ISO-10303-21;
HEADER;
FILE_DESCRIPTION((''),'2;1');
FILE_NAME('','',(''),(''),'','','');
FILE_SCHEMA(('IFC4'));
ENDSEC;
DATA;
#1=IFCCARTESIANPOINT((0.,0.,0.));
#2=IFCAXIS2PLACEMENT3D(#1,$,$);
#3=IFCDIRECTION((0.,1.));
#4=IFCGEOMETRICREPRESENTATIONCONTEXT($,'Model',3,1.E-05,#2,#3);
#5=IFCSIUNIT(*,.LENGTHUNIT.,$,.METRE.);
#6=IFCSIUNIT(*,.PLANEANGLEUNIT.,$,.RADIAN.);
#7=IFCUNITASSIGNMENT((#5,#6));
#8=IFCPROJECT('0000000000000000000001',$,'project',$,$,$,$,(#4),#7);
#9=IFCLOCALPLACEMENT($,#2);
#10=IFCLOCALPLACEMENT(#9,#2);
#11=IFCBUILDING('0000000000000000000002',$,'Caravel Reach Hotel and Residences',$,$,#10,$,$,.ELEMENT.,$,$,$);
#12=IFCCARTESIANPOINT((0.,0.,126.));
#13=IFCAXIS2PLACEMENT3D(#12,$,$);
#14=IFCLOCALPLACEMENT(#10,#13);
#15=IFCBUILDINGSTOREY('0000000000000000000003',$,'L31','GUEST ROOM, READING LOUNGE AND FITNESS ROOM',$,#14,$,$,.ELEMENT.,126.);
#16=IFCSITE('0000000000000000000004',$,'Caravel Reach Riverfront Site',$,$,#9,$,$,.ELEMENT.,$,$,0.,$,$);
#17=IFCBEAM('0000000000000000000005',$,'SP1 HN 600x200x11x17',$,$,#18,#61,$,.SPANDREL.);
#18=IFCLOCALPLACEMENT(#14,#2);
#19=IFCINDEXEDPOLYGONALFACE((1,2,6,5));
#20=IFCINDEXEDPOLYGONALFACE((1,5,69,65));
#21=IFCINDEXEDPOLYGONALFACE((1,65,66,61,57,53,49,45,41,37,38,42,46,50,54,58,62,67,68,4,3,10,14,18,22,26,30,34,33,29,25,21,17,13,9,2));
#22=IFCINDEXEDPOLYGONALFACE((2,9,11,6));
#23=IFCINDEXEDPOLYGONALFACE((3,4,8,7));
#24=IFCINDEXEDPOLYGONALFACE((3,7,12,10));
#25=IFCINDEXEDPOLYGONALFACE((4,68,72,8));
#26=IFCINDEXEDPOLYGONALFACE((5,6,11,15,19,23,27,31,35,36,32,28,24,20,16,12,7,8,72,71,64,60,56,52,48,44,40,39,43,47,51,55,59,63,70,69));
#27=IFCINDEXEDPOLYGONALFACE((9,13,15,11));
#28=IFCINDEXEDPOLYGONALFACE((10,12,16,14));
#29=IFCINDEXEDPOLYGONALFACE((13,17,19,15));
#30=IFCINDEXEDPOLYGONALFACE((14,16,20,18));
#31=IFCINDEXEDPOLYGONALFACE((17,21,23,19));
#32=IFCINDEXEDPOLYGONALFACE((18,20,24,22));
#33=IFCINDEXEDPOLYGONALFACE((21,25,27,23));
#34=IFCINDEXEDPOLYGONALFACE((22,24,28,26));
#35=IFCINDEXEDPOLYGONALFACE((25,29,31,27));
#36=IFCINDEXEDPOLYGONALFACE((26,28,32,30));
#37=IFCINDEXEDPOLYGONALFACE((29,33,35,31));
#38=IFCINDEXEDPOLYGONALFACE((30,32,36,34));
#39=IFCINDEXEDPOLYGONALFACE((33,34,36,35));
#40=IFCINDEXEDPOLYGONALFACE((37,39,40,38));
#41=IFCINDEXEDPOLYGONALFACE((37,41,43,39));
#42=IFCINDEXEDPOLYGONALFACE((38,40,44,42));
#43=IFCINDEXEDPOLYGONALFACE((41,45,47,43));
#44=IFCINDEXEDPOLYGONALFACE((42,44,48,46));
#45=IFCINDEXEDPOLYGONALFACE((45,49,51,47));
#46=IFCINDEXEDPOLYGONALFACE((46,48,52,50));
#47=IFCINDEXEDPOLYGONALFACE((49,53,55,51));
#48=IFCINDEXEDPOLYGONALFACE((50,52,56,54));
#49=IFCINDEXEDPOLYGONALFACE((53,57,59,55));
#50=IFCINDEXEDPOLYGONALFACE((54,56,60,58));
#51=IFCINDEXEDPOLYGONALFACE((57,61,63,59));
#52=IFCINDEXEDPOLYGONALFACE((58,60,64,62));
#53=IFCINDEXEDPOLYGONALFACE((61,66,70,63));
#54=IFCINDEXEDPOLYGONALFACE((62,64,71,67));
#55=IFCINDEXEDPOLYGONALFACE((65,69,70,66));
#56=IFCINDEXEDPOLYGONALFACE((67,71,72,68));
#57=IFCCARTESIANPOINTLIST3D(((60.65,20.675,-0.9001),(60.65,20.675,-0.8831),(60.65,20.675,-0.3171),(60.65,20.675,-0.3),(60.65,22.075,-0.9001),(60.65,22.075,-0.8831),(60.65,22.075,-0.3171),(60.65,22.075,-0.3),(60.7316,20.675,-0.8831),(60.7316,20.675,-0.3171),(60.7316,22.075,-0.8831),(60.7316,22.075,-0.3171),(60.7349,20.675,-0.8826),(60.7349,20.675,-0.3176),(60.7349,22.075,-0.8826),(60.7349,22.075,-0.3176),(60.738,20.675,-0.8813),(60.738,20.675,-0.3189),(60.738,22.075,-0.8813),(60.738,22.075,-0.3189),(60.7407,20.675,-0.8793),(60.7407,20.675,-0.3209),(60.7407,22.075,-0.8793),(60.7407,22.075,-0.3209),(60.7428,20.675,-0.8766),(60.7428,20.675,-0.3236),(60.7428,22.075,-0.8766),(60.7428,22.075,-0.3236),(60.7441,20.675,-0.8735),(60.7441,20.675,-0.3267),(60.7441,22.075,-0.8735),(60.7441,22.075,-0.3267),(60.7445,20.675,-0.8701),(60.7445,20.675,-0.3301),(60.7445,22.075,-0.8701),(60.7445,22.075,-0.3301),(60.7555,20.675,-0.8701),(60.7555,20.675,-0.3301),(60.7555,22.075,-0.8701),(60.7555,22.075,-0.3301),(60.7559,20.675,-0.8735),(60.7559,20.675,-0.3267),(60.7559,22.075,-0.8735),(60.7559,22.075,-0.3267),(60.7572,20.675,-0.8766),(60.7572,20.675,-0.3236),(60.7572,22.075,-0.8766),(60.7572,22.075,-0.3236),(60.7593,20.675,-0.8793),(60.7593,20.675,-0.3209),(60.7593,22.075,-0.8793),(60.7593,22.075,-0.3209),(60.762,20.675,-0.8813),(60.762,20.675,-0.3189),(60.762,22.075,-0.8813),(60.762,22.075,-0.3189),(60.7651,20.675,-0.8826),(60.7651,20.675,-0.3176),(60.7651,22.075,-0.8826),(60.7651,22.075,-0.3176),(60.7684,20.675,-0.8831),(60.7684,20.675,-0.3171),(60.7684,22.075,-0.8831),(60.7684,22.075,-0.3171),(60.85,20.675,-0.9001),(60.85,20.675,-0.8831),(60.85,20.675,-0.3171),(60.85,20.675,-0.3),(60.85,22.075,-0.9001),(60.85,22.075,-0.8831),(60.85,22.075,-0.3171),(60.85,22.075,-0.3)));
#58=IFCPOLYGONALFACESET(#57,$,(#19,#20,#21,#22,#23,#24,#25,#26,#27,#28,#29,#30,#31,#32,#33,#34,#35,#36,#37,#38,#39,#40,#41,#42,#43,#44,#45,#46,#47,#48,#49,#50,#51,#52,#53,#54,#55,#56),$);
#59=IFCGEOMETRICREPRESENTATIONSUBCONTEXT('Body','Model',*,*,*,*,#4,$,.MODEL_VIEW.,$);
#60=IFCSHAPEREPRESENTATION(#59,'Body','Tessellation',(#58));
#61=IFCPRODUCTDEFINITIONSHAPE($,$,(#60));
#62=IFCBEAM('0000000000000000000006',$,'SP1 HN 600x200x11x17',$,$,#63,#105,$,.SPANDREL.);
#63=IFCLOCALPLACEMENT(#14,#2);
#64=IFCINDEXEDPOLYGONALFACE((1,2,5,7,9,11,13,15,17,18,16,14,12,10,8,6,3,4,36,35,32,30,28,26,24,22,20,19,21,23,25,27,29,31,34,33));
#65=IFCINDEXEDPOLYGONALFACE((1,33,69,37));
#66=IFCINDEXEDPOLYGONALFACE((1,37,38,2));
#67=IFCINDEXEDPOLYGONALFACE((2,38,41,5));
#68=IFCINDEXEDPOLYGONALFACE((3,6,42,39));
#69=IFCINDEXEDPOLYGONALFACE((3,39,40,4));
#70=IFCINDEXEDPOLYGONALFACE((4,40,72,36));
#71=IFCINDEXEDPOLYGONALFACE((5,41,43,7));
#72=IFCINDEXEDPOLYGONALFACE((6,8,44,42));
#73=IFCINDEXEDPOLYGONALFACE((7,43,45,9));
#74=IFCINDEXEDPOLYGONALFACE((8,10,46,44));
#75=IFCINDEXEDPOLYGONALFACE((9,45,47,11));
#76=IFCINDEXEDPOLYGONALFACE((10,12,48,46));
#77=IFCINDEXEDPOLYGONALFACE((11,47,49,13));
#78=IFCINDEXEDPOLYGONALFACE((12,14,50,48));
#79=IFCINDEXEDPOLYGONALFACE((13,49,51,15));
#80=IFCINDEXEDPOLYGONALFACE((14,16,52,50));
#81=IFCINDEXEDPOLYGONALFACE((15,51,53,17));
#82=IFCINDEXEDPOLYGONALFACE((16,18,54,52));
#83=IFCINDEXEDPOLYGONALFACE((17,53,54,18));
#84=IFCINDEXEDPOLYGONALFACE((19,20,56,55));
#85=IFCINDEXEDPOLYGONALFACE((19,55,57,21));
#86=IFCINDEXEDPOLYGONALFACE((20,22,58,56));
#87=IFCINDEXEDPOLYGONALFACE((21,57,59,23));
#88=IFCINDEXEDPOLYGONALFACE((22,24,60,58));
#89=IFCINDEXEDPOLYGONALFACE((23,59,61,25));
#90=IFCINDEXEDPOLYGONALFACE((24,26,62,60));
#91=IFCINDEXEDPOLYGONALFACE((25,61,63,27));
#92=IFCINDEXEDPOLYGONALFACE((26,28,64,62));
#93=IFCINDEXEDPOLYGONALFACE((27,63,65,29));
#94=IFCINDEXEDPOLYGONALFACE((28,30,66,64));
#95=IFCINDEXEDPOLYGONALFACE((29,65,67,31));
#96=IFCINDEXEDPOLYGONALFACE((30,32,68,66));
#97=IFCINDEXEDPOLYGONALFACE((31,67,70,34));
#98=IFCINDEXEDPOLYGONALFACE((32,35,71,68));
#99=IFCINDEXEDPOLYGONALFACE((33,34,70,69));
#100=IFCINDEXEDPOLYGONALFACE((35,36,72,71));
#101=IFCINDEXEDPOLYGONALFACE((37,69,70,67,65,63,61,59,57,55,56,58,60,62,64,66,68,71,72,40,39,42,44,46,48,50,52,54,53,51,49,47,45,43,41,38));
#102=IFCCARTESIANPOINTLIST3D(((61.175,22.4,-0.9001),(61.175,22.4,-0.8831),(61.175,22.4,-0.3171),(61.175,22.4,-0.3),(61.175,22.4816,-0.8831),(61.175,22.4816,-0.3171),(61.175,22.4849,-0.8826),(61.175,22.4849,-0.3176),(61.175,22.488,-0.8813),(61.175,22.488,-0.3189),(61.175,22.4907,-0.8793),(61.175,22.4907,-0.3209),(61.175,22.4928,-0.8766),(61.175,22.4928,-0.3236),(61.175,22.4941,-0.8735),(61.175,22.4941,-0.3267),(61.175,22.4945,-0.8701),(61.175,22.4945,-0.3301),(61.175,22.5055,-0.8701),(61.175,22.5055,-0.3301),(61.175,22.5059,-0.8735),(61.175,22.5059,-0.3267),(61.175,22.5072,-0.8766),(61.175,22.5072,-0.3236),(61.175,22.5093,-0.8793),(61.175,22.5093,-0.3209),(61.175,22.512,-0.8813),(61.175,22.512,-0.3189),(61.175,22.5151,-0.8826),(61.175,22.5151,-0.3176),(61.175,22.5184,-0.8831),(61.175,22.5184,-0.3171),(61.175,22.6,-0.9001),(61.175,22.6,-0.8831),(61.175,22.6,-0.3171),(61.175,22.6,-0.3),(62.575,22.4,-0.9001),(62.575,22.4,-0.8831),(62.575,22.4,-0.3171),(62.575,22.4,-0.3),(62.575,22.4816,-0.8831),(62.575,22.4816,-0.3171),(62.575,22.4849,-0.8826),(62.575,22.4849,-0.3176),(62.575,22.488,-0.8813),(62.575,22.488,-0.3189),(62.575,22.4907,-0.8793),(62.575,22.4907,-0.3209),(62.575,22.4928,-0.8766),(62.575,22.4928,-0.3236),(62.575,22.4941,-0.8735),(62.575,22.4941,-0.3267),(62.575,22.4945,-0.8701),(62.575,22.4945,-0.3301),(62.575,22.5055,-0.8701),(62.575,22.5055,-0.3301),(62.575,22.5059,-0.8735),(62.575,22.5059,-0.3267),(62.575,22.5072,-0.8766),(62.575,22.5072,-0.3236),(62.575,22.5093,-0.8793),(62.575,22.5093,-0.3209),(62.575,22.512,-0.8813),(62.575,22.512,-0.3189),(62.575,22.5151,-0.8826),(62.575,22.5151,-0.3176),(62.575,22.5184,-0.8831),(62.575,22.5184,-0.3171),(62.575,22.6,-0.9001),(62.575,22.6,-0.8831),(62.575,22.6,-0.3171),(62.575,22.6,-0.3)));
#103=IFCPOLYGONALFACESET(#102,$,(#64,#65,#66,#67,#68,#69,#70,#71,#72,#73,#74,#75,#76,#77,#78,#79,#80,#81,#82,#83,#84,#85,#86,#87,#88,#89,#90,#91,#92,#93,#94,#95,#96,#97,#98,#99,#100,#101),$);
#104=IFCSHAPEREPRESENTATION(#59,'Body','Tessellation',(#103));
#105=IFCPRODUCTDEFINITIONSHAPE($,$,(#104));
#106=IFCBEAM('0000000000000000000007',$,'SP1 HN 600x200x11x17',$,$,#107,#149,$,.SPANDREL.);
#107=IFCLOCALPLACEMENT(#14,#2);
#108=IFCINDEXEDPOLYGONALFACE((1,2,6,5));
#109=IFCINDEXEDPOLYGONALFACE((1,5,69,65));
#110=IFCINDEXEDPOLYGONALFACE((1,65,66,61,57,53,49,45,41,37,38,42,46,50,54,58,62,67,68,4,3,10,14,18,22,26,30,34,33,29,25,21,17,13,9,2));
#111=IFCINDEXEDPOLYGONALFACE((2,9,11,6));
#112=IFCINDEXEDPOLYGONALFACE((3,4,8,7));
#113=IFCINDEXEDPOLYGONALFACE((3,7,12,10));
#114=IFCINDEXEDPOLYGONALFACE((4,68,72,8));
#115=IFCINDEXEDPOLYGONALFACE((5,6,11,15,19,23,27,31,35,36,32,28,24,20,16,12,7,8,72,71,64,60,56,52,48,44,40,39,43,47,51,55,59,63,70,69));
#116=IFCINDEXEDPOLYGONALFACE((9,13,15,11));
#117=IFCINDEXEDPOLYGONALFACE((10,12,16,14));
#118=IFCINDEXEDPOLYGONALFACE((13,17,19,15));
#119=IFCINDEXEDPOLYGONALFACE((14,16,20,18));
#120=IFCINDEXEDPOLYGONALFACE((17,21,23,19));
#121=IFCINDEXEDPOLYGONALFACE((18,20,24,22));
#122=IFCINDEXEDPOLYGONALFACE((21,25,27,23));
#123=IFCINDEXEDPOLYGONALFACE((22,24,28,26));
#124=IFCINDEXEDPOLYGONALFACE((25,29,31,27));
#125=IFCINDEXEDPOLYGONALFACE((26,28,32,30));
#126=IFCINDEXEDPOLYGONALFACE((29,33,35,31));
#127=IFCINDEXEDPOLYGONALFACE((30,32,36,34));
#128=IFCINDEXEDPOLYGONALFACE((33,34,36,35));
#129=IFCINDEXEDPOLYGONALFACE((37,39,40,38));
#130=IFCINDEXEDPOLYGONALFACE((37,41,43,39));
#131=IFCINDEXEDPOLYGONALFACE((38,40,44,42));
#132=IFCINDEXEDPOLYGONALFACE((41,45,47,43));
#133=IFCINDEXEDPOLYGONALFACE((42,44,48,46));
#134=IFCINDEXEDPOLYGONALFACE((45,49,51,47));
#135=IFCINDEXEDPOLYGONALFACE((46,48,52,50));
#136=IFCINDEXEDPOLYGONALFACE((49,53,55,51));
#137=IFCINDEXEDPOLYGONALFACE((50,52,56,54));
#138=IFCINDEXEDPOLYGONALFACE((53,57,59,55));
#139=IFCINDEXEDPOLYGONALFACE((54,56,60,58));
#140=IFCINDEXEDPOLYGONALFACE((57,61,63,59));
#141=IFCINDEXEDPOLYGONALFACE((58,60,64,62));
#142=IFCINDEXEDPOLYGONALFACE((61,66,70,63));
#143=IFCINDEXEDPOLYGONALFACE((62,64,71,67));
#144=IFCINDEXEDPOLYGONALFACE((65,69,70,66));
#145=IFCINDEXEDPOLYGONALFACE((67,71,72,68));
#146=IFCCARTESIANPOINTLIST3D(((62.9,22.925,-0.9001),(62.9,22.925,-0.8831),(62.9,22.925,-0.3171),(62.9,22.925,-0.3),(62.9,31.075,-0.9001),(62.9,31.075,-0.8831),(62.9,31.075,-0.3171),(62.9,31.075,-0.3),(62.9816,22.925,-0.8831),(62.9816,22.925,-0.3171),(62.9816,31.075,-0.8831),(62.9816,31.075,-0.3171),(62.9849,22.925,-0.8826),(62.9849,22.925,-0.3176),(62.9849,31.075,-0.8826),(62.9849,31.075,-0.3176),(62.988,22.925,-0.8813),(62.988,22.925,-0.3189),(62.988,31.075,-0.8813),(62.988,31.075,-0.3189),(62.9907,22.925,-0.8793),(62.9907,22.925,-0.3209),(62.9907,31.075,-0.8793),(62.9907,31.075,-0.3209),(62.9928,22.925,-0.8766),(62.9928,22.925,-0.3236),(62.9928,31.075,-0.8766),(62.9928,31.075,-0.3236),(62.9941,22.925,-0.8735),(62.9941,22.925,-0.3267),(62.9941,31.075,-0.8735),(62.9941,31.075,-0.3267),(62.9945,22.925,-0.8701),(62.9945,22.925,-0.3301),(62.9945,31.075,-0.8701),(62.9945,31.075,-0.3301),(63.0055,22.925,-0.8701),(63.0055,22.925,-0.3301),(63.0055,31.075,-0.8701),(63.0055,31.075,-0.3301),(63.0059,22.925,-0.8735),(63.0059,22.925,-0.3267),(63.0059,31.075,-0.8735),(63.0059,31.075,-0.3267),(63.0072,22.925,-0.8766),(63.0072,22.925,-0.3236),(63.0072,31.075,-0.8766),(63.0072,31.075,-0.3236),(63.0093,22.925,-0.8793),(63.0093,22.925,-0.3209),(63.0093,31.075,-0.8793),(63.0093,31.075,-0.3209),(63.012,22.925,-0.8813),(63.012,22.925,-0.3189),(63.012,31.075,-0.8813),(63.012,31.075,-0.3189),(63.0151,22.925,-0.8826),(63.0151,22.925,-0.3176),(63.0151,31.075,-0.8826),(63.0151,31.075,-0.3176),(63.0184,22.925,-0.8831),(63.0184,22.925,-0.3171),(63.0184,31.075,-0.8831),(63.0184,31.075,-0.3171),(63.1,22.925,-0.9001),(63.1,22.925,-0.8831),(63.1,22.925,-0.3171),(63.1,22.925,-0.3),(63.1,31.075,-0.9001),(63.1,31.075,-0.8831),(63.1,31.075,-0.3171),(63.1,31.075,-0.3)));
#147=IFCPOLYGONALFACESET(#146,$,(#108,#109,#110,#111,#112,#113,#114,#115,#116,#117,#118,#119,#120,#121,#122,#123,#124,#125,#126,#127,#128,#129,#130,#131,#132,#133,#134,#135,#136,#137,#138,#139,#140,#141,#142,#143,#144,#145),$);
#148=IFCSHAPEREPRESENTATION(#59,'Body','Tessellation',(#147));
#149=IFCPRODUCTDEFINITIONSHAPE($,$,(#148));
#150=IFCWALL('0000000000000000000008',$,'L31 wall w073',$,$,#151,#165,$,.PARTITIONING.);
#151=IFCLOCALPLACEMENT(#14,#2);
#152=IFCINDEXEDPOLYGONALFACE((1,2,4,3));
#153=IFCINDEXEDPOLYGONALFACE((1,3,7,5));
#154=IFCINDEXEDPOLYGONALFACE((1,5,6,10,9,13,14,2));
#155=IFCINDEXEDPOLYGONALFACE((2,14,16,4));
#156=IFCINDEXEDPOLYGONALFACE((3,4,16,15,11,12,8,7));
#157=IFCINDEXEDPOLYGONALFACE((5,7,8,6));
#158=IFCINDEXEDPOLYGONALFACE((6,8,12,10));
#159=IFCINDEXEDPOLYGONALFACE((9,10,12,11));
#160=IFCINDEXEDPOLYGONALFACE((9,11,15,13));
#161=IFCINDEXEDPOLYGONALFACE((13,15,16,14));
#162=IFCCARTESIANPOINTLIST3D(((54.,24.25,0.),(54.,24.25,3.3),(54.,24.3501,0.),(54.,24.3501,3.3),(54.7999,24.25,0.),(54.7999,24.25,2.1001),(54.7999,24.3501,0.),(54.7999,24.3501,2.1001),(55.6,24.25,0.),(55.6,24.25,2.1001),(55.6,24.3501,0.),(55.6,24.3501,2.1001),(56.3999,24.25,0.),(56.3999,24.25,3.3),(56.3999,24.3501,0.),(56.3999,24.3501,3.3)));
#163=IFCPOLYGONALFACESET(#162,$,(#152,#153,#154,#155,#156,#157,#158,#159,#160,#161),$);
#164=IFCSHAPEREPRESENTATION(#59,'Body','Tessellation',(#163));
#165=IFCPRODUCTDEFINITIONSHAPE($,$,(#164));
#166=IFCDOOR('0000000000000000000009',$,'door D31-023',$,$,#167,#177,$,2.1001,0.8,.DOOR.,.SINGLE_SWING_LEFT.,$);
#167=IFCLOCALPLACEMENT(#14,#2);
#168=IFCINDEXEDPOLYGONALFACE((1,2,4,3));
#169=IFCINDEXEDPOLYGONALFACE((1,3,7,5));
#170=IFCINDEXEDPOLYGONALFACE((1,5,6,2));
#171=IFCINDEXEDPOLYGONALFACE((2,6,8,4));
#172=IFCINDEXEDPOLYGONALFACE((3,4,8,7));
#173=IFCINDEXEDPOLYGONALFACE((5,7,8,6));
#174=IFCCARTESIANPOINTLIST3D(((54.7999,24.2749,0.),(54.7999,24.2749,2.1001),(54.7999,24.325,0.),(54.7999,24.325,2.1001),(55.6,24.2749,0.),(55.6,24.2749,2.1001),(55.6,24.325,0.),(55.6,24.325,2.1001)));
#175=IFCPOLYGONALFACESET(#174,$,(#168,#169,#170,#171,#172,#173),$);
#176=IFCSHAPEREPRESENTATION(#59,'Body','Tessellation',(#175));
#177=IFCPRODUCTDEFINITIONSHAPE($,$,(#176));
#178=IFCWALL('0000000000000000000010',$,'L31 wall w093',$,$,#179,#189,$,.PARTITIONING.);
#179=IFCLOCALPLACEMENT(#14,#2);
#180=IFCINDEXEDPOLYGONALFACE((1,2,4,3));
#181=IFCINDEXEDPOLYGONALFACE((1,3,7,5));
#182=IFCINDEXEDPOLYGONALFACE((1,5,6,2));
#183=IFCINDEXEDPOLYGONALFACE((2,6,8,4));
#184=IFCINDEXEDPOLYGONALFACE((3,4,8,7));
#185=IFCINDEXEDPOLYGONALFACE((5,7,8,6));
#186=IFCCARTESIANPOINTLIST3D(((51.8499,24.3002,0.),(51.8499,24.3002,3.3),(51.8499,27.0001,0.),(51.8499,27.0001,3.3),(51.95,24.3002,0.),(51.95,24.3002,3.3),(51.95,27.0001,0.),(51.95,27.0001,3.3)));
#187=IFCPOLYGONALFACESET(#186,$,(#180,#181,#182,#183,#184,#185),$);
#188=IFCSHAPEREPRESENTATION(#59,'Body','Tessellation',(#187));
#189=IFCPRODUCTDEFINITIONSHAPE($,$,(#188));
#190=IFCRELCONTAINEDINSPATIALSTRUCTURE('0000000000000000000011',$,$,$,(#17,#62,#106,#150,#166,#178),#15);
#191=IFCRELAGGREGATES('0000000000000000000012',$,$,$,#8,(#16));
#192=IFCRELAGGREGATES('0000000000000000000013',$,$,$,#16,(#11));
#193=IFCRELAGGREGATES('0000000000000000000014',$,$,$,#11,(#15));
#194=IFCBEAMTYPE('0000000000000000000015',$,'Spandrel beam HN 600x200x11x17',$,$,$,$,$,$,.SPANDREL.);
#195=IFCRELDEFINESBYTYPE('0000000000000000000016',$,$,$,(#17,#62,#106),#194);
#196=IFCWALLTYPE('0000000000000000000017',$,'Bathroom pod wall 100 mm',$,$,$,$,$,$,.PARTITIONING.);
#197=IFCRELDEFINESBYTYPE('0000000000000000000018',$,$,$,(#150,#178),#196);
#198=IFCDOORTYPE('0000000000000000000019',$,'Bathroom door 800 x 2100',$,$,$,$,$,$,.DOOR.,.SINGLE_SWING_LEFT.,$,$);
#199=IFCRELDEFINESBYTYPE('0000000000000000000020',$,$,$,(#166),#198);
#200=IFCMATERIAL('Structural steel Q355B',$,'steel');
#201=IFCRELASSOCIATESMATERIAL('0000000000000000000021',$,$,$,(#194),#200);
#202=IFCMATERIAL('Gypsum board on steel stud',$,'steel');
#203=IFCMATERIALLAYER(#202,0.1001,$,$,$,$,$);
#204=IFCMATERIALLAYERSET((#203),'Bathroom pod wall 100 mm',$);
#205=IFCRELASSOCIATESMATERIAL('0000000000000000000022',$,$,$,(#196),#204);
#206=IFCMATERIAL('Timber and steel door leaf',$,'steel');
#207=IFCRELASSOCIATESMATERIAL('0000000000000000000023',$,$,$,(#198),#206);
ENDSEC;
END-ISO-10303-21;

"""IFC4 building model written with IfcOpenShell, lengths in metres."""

from ifc_helpers import new_model, si_unit, direction, frame, frame_2d, origin, origin_2d, place, context, subcontext, project, spatial, rectangle, i_section, extrude, material, layer, layer_set, material_profile, profile_set, type_object, element, fill, save


model = new_model("IFC4")

# Units and contexts
model_context = context("Model", 3, precision=1e-05, world=origin(), true_north=direction((0.0, 1.0)))
body_context = subcontext(model_context, "Body", "Model", "MODEL_VIEW")
ifc_project = project(units=[si_unit("LENGTHUNIT", "METRE"), si_unit("PLANEANGLEUNIT", "RADIAN")], contexts=[model_context])

# Site, building, storey
site_placement = place(None, origin())
site = spatial("IfcSite", under=ifc_project, at=site_placement, Name="Caravel Reach Riverfront Site", CompositionType="ELEMENT", RefElevation=0.0)
building_placement = place(site_placement, origin())
building = spatial("IfcBuilding", under=site, at=building_placement, Name="Caravel Reach Hotel and Residences", CompositionType="ELEMENT")
storey_placement = place(building_placement, frame((0.0, 0.0, 126.0)))
storey = spatial("IfcBuildingStorey", under=building, at=storey_placement, Name="L31", Description="GUEST ROOM, READING LOUNGE AND FITNESS ROOM", CompositionType="ELEMENT", Elevation=126.0)

# Beams
ifc_material_1 = material(Name="Structural steel Q355B", Category="steel")
ifc_material_profile_1 = material_profile(ifc_material_1, i_section(OverallWidth=0.2, OverallDepth=0.6001, WebThickness=0.011, FlangeThickness=0.0171, FilletRadius=0.0129, at=origin_2d()), Name="HN 600x200x11x17")
ifc_profile_set_1 = profile_set([ifc_material_profile_1], Name="Structural steel Q355B")
beam_type = type_object("IfcBeamType", Name="Spandrel beam HN 600x200x11x17", PredefinedType="SPANDREL", material=ifc_profile_set_1)
for number, where, z_axis, x_axis, name in (
    (1, (60.75, 20.675, -0.6001), (0.0, 1.0, 0.0), (-1.0, 0.0, 0.0), "SP1 HN 600x200x11x17"),
    (2, (61.175, 22.5, -0.6001), (1.0, 0.0, 0.0), (0.0, 1.0, 0.0), "SP1 HN 600x200x11x17"),
):
    element("IfcBeam", number, at=place(storey_placement, frame(where, z_axis=z_axis, x_axis=x_axis)), inside=storey, type_object=beam_type, Name=name, PredefinedType="SPANDREL", context=body_context, shape_type="SweptSolid", body=[
        extrude(i_section(OverallWidth=0.2, OverallDepth=0.6001, WebThickness=0.011, FlangeThickness=0.0171, FilletRadius=0.0129, at=origin_2d()), origin(), (0.0, 0.0, 1.0), 1.3999),
    ])
beam_placement = place(storey_placement, frame((63.0, 22.925, -0.6001), z_axis=(0.0, 1.0, 0.0), x_axis=(-1.0, 0.0, 0.0)))
element("IfcBeam", 3, at=beam_placement, inside=storey, type_object=beam_type, Name="SP1 HN 600x200x11x17", PredefinedType="SPANDREL", context=body_context, shape_type="SweptSolid", body=[
    extrude(i_section(OverallWidth=0.2, OverallDepth=0.6001, WebThickness=0.011, FlangeThickness=0.0171, FilletRadius=0.0129, at=origin_2d()), origin(), (0.0, 0.0, 1.0), 8.1499),
])

# Wall, opening, door
ifc_material_2 = material(Name="Gypsum board on steel stud", Category="steel")
ifc_layer_1 = layer(ifc_material_2, 0.1001)
ifc_layer_set_1 = layer_set([ifc_layer_1], Name="Bathroom pod wall 100 mm")
wall_type_1 = type_object("IfcWallType", Name="Bathroom pod wall 100 mm", PredefinedType="PARTITIONING", material=ifc_layer_set_1)
wall_1_placement = place(storey_placement, frame((54.0, 24.3, 0.0), z_axis=(0.0, 0.0, 1.0), x_axis=(1.0, 0.0, 0.0)))
wall_1 = element("IfcWall", 4, at=wall_1_placement, inside=storey, type_object=wall_type_1, Name="L31 wall w073", PredefinedType="PARTITIONING", context=body_context, shape_type="SweptSolid", body=[
    extrude(rectangle(XDim=2.3999, YDim=0.1001, at=frame_2d((1.2, 0.0))), origin(), (0.0, 0.0, 1.0), 3.3),
])
opening_1_placement = place(wall_1_placement, frame((0.8, 0.0, 0.0)))
opening_1 = element("IfcOpeningElement", 5, at=opening_1_placement, cuts=wall_1, PredefinedType="OPENING", context=body_context, shape_type="SweptSolid", body=[
    extrude(rectangle(XDim=0.8, YDim=2.1001, at=frame_2d((0.3999, 1.05))), frame((0.0, 0.0601, 0.0), z_axis=(0.0, -1.0, 0.0), x_axis=(1.0, 0.0, 0.0)), (0.0, 0.0, 1.0), 0.1201),
])
ifc_material_3 = material(Name="Timber and steel door leaf", Category="steel")
door_type = type_object("IfcDoorType", Name="Bathroom door 800 x 2100", OperationType="SINGLE_SWING_LEFT", PredefinedType="DOOR", material=ifc_material_3)
door_placement = place(opening_1_placement, origin())
door = element("IfcDoor", 6, at=door_placement, inside=storey, type_object=door_type, Name="door D31-023", OperationType="SINGLE_SWING_LEFT", OverallHeight=2.1001, OverallWidth=0.8, PredefinedType="DOOR", context=body_context, shape_type="SweptSolid", body=[
    extrude(rectangle(XDim=0.8, YDim=2.1001, at=frame_2d((0.3999, 1.05))), frame((0.0, 0.0249, 0.0), z_axis=(0.0, -1.0, 0.0), x_axis=(1.0, 0.0, 0.0)), (0.0, 0.0, 1.0), 0.05),
])
fill(opening_1, door)

# Wall
for number, where, z_axis, x_axis, name in (
    (7, (51.8999, 24.3, 0.0), (0.0, 0.0, 1.0), (0.0, 1.0, 0.0), "L31 wall w093"),
):
    element("IfcWall", number, at=place(storey_placement, frame(where, z_axis=z_axis, x_axis=x_axis)), inside=storey, type_object=wall_type_1, Name=name, PredefinedType="PARTITIONING", context=body_context, shape_type="SweptSolid", body=[
        extrude(rectangle(XDim=2.7, YDim=0.1001, at=frame_2d((1.3501, 0.0))), origin(), (0.0, 0.0, 1.0), 3.3),
    ])

save(model, "model.ifc")
